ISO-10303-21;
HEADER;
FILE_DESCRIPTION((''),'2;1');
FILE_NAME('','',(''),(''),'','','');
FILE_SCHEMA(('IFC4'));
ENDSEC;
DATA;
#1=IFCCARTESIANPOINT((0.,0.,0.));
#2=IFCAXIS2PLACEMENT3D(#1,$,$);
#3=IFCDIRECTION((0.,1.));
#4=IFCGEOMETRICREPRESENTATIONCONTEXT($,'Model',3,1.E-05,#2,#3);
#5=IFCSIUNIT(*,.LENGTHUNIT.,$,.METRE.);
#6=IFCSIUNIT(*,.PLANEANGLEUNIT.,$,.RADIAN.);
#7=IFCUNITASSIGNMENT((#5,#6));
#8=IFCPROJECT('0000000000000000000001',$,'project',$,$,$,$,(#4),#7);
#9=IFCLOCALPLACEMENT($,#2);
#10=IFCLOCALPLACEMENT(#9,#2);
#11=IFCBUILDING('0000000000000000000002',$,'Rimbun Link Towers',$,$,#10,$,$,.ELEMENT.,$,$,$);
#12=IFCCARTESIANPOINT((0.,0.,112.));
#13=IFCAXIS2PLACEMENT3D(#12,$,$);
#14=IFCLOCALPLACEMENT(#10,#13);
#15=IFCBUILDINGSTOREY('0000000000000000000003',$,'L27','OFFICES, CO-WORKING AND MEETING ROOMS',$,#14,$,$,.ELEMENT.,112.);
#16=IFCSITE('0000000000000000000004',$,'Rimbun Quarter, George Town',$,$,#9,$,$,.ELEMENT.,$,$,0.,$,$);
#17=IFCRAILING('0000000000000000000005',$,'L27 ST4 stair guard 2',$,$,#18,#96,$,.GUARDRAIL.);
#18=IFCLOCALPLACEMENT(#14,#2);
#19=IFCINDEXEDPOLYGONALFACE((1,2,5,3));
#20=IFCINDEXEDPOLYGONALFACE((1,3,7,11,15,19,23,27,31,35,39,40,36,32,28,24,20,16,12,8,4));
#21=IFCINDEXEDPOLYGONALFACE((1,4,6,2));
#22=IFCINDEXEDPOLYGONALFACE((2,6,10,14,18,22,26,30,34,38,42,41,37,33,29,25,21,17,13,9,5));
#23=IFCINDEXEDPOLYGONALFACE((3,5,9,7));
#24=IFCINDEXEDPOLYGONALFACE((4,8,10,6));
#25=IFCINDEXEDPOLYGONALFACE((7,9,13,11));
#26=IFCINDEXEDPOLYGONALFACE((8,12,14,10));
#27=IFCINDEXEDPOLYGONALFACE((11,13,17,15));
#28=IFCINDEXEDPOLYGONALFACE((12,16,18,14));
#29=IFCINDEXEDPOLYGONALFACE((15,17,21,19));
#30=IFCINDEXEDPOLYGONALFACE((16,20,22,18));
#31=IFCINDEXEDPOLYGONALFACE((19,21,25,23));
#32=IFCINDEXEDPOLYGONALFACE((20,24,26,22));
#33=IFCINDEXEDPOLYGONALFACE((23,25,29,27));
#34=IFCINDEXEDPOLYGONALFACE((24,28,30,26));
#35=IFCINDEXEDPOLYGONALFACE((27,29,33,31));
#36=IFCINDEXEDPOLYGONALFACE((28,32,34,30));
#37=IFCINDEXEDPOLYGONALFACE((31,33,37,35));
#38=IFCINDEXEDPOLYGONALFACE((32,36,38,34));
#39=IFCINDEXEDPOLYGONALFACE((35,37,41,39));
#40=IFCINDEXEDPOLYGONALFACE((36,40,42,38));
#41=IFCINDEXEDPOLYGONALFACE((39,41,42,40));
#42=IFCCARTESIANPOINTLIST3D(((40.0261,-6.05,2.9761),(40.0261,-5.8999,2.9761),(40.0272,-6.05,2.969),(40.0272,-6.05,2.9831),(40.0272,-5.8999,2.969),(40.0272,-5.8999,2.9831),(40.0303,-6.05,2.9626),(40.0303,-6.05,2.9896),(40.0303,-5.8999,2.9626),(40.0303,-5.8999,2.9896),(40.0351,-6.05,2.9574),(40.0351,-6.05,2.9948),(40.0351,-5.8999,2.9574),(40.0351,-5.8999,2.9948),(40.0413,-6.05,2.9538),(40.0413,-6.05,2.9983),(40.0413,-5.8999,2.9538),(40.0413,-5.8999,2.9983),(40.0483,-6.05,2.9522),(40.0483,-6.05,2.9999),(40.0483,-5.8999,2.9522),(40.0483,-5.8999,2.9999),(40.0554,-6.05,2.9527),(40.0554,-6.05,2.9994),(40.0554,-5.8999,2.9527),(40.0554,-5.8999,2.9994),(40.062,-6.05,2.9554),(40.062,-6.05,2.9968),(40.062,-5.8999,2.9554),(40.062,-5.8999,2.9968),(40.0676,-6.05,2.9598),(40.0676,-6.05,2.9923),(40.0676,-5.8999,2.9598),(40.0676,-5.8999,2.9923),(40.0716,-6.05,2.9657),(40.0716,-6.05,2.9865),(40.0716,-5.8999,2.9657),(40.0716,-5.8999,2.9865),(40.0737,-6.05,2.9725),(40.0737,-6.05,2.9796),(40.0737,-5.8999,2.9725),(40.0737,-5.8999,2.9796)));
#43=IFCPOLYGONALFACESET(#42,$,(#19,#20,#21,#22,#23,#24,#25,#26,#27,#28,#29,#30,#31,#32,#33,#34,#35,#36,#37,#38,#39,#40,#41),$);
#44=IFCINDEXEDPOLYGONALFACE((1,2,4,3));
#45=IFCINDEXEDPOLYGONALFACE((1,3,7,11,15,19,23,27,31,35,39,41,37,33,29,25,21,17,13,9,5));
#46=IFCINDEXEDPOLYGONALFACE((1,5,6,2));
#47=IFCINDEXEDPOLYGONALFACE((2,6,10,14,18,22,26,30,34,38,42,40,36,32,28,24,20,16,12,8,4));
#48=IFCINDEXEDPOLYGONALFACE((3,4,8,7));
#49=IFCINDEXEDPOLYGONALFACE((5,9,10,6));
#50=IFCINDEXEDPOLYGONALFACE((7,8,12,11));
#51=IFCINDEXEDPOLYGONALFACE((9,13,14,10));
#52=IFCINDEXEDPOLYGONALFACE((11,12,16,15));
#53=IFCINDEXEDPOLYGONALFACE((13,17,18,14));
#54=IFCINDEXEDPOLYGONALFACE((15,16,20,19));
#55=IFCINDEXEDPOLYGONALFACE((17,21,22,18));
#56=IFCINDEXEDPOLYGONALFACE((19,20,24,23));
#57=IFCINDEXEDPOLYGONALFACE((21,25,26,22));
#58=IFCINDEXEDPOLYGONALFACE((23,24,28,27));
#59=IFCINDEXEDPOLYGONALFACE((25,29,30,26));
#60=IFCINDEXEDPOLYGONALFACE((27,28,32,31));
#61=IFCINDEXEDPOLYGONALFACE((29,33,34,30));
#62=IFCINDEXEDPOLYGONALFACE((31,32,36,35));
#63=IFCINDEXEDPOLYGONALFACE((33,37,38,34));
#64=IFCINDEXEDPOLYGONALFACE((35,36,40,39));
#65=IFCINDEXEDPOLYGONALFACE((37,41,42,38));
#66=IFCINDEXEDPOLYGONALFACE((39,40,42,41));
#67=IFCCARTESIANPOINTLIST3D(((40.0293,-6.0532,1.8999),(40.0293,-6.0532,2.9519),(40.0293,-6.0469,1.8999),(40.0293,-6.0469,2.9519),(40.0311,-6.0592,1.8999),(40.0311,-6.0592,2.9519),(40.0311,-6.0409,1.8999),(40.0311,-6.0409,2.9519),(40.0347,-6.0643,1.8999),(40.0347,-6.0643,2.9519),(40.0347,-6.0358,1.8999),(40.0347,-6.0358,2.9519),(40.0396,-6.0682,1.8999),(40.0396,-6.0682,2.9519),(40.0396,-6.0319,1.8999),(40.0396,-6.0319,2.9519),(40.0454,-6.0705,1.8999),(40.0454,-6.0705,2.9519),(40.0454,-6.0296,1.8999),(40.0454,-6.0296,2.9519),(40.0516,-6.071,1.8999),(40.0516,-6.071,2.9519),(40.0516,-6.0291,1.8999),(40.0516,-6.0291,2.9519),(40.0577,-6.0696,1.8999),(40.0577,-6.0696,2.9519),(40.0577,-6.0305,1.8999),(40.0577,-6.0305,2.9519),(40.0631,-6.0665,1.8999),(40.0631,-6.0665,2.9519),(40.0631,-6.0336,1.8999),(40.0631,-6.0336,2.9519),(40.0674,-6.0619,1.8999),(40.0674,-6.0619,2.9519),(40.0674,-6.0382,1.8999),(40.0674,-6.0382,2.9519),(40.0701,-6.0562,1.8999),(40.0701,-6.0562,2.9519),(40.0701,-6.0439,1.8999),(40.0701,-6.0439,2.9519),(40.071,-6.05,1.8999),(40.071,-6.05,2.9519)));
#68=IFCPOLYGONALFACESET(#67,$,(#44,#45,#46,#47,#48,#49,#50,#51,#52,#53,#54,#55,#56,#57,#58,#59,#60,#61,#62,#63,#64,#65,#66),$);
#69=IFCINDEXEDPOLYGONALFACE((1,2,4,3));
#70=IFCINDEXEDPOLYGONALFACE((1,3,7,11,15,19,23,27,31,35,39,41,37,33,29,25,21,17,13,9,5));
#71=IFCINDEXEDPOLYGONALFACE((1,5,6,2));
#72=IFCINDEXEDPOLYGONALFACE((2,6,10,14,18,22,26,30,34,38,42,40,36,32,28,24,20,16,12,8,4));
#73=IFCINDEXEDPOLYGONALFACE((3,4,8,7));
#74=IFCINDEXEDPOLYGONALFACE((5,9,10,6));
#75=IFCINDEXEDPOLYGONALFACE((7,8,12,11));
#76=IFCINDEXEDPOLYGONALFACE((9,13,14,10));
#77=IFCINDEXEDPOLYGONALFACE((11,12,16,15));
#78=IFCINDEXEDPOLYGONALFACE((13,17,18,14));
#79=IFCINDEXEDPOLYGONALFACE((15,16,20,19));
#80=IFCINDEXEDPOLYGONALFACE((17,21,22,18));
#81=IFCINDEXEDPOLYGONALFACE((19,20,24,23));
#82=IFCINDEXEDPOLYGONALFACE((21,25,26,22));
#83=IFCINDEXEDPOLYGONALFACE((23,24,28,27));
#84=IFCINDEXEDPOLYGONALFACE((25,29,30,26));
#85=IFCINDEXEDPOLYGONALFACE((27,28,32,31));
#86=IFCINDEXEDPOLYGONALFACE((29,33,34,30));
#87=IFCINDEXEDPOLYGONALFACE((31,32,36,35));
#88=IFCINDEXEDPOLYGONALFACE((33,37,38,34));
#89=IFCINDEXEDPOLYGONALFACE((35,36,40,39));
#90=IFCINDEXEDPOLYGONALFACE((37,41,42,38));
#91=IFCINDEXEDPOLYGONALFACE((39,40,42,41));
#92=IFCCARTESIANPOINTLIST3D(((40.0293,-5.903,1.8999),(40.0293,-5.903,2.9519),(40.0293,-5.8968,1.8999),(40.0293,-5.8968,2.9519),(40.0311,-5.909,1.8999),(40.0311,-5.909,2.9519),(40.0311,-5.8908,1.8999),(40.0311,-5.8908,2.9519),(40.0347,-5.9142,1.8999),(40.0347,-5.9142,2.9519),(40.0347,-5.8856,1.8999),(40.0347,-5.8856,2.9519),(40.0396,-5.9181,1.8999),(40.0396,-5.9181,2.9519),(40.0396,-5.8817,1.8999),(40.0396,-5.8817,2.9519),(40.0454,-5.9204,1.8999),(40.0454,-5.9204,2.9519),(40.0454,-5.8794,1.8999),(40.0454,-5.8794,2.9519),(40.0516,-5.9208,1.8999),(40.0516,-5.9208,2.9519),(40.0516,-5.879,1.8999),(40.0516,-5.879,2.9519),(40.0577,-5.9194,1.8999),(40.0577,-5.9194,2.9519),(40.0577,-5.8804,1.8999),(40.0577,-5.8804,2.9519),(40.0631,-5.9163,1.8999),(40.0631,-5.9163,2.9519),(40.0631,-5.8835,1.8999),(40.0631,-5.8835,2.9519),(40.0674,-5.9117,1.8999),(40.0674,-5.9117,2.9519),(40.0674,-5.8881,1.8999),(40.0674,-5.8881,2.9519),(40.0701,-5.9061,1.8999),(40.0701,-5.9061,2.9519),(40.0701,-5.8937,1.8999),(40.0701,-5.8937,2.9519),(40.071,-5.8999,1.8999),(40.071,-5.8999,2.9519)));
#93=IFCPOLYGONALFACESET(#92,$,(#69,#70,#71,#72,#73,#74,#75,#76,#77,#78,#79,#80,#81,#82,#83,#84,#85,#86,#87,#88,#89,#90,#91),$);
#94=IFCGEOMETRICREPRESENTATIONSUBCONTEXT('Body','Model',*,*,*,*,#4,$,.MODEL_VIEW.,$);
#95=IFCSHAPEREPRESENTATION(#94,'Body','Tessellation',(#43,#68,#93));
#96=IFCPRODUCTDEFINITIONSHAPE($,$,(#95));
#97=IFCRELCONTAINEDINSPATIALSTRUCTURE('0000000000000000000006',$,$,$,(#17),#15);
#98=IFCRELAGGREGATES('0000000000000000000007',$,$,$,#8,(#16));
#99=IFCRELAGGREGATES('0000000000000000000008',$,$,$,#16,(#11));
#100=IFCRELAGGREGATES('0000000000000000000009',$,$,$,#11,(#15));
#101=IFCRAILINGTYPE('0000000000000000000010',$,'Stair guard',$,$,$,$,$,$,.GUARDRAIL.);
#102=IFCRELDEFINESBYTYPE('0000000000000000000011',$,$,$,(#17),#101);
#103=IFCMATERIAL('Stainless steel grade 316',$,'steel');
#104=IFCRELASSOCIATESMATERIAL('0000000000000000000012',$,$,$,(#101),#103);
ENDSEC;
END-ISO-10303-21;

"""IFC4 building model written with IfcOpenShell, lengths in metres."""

from ifc_helpers import new_model, si_unit, direction, frame, origin, origin_2d, place, context, subcontext, project, spatial, circle, extrude, material, type_object, element, save


model = new_model("IFC4")

# Units and contexts
model_context = context("Model", 3, precision=1e-05, world=origin(), true_north=direction((0.0, 1.0)))
body_context = subcontext(model_context, "Body", "Model", "MODEL_VIEW")
ifc_project = project(units=[si_unit("LENGTHUNIT", "METRE"), si_unit("PLANEANGLEUNIT", "RADIAN")], contexts=[model_context])

# Site, building, storey
site_placement = place(None, origin())
site = spatial("IfcSite", under=ifc_project, at=site_placement, Name="Rimbun Quarter, George Town", CompositionType="ELEMENT", RefElevation=0.0)
building_placement = place(site_placement, origin())
building = spatial("IfcBuilding", under=site, at=building_placement, Name="Rimbun Link Towers", CompositionType="ELEMENT")
storey_placement = place(building_placement, frame((0.0, 0.0, 112.0)))
storey = spatial("IfcBuildingStorey", under=building, at=storey_placement, Name="L27", Description="OFFICES, CO-WORKING AND MEETING ROOMS", CompositionType="ELEMENT", Elevation=112.0)

# Railing
ifc_material_1 = material(Name="Stainless steel grade 316", Category="steel")
railing_type_1 = type_object("IfcRailingType", Name="Stair guard", PredefinedType="GUARDRAIL", material=ifc_material_1)
railing_1_placement = place(storey_placement, frame((40.05, -6.05, 1.8999)))
element("IfcRailing", 1, at=railing_1_placement, inside=storey, type_object=railing_type_1, Name="L27 ST4 stair guard 2", PredefinedType="GUARDRAIL", context=body_context, shape_type="SweptSolid", body=[
    extrude(circle(Radius=0.0239, at=origin_2d()), frame((0.0, 0.0, 1.0762), z_axis=(0.0, 1.0, 0.0), x_axis=(-1.0, 0.0, 0.0)), (0.0, 0.0, 1.0), 0.1501),
    extrude(circle(Radius=0.021, at=origin_2d()), origin(), (0.0, 0.0, 1.0), 1.052),
    extrude(circle(Radius=0.021, at=origin_2d()), frame((0.0, 0.1501, 0.0)), (0.0, 0.0, 1.0), 1.052),
])

save(model, "model.ifc")
